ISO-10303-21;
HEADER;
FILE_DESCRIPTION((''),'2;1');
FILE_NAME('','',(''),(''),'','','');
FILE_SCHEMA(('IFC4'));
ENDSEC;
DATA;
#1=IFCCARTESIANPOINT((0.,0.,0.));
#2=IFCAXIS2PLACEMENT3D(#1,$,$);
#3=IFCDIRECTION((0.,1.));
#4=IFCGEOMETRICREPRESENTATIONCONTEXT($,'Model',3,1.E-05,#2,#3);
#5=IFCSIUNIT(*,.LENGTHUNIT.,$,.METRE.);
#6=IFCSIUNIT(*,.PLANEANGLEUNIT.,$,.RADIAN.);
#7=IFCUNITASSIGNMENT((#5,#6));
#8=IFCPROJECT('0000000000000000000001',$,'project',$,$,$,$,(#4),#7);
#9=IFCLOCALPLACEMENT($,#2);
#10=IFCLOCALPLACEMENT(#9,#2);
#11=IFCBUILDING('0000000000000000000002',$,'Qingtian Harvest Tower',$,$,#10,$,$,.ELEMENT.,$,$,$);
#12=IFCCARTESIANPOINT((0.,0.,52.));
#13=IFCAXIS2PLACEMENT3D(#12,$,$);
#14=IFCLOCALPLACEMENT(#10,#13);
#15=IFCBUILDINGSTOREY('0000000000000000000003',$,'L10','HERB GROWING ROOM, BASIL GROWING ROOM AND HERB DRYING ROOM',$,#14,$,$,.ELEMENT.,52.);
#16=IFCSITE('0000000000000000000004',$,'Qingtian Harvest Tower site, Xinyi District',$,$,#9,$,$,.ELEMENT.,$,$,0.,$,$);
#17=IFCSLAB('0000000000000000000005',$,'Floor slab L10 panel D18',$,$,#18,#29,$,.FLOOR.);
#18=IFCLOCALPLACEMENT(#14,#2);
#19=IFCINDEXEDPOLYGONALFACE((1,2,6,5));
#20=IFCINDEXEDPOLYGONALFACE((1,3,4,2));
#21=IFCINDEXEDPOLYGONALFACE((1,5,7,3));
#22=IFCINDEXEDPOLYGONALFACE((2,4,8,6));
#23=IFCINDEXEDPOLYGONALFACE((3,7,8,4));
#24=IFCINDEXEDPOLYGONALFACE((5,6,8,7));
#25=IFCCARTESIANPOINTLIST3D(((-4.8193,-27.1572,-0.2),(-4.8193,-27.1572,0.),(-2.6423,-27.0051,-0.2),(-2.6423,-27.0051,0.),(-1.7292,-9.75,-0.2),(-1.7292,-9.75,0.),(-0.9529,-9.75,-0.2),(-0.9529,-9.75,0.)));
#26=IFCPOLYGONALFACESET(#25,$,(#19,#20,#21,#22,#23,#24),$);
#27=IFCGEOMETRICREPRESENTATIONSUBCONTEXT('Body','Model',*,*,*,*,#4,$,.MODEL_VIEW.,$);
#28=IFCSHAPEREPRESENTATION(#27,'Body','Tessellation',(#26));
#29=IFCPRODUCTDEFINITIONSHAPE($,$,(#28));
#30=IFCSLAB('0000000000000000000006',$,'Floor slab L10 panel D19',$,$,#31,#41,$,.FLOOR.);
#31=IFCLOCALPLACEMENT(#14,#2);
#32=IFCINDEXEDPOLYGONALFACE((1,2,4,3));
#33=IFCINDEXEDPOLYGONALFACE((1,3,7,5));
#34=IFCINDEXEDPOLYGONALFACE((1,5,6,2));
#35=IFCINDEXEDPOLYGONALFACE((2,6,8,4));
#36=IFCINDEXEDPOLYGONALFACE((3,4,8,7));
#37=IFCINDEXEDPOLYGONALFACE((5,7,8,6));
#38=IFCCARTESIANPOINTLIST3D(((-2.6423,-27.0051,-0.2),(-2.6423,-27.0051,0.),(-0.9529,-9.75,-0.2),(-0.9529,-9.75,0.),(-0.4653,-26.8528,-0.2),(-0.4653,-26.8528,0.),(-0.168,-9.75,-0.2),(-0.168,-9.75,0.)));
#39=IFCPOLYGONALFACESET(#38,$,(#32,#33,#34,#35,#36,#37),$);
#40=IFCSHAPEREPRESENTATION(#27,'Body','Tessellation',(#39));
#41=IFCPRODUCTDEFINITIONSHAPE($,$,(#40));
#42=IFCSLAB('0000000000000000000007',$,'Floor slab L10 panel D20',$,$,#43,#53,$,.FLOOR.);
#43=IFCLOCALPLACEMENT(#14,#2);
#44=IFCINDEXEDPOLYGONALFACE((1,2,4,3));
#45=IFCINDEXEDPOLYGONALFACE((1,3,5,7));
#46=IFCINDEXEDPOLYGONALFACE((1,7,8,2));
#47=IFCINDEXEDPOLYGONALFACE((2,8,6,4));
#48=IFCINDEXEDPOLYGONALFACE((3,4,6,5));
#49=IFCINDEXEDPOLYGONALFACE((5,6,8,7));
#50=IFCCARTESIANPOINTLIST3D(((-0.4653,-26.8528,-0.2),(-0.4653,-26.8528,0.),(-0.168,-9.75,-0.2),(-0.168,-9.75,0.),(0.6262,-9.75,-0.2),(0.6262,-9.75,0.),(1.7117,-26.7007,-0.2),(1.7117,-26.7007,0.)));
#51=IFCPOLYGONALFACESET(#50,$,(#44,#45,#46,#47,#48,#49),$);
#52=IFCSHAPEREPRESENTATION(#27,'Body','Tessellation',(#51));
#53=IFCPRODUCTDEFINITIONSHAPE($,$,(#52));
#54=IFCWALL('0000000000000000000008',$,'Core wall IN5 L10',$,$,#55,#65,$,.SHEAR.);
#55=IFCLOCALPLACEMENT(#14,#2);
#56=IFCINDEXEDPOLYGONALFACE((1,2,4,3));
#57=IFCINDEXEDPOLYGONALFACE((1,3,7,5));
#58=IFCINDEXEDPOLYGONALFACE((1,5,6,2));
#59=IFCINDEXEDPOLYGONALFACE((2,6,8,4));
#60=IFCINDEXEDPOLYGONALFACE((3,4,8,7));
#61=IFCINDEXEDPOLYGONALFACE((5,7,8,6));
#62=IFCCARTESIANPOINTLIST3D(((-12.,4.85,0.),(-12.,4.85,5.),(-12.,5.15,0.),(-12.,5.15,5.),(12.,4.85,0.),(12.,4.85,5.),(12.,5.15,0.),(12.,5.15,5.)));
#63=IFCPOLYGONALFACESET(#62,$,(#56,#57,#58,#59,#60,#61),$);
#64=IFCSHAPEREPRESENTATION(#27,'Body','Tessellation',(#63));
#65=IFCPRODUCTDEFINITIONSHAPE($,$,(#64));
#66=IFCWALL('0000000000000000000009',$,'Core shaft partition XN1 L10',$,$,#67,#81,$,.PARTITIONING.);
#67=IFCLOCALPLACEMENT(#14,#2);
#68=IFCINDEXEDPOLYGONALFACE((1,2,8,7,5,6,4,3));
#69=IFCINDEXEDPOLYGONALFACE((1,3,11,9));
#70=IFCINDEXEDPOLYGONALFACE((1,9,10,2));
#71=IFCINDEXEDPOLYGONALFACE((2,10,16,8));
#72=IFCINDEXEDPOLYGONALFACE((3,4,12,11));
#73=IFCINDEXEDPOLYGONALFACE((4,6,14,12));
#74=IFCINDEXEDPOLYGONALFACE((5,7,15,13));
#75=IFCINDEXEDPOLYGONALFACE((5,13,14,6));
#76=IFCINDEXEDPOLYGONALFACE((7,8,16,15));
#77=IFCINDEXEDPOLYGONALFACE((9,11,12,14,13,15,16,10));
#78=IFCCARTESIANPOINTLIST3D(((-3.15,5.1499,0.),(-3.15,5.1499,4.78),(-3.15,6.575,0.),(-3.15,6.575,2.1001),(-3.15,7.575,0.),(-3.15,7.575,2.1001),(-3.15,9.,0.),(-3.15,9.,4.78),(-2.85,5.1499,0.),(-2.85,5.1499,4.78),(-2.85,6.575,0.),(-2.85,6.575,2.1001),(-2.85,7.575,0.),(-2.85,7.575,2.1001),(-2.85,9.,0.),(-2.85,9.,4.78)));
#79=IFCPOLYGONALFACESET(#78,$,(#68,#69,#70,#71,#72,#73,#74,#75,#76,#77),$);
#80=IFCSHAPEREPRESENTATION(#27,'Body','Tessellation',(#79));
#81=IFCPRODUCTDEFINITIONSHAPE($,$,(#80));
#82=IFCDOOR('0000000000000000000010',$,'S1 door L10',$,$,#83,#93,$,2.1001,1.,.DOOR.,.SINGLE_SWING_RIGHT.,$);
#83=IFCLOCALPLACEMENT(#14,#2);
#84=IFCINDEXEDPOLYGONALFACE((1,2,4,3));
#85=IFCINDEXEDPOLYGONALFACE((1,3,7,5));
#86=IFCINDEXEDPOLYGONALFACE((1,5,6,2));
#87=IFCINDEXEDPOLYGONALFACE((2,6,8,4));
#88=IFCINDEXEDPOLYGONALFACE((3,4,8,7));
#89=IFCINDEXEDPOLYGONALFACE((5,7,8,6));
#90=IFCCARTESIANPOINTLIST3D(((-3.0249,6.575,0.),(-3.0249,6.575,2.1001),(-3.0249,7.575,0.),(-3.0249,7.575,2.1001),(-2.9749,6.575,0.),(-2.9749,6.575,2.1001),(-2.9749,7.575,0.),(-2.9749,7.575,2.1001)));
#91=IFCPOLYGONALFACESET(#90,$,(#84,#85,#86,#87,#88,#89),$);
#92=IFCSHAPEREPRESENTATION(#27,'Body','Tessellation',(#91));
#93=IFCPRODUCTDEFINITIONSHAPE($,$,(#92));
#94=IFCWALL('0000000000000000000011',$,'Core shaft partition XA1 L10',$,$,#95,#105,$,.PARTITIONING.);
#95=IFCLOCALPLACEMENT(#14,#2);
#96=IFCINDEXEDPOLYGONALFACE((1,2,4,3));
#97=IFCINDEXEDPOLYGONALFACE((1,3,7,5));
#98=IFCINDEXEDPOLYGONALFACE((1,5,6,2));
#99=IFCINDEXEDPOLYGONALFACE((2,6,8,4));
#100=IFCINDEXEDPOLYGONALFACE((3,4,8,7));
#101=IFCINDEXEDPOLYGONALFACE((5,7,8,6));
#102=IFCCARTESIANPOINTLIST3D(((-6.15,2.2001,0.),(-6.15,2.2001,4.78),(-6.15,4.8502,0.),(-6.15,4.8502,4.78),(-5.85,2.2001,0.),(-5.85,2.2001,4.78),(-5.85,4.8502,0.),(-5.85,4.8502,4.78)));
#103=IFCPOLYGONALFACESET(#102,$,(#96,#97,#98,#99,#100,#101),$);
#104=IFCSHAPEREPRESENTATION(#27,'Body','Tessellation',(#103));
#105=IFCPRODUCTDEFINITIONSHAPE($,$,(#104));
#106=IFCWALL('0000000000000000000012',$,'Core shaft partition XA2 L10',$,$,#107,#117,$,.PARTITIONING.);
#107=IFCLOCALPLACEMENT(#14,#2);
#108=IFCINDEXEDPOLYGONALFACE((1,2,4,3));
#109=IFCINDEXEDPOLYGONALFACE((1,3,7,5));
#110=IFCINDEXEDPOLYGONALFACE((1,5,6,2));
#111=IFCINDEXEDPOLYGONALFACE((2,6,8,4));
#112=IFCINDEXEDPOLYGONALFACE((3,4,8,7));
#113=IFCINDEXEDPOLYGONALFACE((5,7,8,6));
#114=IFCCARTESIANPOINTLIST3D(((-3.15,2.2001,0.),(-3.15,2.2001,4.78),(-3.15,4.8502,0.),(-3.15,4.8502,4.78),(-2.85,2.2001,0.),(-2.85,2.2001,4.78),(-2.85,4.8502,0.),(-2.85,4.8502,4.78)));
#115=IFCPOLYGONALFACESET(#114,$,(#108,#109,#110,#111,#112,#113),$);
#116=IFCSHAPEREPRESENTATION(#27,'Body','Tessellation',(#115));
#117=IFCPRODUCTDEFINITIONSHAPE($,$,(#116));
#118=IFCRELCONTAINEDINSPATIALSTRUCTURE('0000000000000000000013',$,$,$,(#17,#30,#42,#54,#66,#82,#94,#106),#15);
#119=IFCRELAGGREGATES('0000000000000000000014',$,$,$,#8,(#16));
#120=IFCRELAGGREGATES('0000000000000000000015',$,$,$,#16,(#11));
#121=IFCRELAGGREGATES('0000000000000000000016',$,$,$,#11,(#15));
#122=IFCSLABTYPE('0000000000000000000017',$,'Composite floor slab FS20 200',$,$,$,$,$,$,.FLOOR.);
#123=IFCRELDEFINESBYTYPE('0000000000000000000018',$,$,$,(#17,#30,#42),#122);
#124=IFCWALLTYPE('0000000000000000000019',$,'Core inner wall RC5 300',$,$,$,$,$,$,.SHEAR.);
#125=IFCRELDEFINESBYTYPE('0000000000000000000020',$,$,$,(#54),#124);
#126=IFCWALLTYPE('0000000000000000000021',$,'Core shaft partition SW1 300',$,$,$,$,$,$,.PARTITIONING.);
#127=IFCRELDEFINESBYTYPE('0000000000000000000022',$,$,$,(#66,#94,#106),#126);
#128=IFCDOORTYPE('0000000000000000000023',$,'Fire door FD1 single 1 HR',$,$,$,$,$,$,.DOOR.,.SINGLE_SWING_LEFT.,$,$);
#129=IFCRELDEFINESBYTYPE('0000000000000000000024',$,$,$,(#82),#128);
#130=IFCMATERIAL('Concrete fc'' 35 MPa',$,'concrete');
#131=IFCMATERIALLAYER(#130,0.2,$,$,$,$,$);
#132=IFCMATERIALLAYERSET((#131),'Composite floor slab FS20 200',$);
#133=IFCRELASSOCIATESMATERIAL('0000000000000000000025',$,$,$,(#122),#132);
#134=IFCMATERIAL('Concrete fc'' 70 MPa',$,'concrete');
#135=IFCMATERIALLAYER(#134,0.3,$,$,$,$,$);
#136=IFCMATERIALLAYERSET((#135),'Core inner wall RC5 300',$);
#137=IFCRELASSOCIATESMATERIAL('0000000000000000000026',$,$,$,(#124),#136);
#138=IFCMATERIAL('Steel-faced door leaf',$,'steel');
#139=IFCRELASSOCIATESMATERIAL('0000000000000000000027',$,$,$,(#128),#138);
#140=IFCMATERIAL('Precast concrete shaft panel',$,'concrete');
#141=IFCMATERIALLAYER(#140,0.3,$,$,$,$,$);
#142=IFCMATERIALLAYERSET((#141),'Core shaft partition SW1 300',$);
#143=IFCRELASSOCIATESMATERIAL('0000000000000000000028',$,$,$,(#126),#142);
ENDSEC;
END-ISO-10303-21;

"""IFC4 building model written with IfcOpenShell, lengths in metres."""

from ifc_helpers import new_model, si_unit, direction, frame, frame_2d, origin, place, context, subcontext, project, spatial, polyline, rectangle, outline, extrude, material, layer, layer_set, type_object, element, fill, save


model = new_model("IFC4")

# Units and contexts
model_context = context("Model", 3, precision=1e-05, world=origin(), true_north=direction((0.0, 1.0)))
body_context = subcontext(model_context, "Body", "Model", "MODEL_VIEW")
ifc_project = project(units=[si_unit("LENGTHUNIT", "METRE"), si_unit("PLANEANGLEUNIT", "RADIAN")], contexts=[model_context])

# Site, building, storey
site_placement = place(None, origin())
site = spatial("IfcSite", under=ifc_project, at=site_placement, Name="Qingtian Harvest Tower site, Xinyi District", CompositionType="ELEMENT", RefElevation=0.0)
building_placement = place(site_placement, origin())
building = spatial("IfcBuilding", under=site, at=building_placement, Name="Qingtian Harvest Tower", CompositionType="ELEMENT")
storey_placement = place(building_placement, frame((0.0, 0.0, 52.0)))
storey = spatial("IfcBuildingStorey", under=building, at=storey_placement, Name="L10", Description="HERB GROWING ROOM, BASIL GROWING ROOM AND HERB DRYING ROOM", CompositionType="ELEMENT", Elevation=52.0)

# Slabs
ifc_material_1 = material(Name="Concrete fc' 35 MPa", Category="concrete")
ifc_layer_1 = layer(ifc_material_1, 0.2)
ifc_layer_set_1 = layer_set([ifc_layer_1], Name="Composite floor slab FS20 200")
slab_type = type_object("IfcSlabType", Name="Composite floor slab FS20 200", PredefinedType="FLOOR", material=ifc_layer_set_1)
slab_1_placement = place(storey_placement, frame((0.0, 0.0, -0.2)))
element("IfcSlab", 1, at=slab_1_placement, inside=storey, type_object=slab_type, Name="Floor slab L10 panel D18", PredefinedType="FLOOR", context=body_context, shape_type="SweptSolid", body=[
    extrude(outline(polyline([(-0.9529, -9.75), (-2.6423, -27.0051), (-4.8193, -27.1572), (-1.7292, -9.75), (-0.9529, -9.75)])), origin(), (0.0, 0.0, 1.0), 0.2),
])
slab_2_placement = place(storey_placement, frame((0.0, 0.0, -0.2)))
element("IfcSlab", 2, at=slab_2_placement, inside=storey, type_object=slab_type, Name="Floor slab L10 panel D19", PredefinedType="FLOOR", context=body_context, shape_type="SweptSolid", body=[
    extrude(outline(polyline([(-0.168, -9.75), (-0.4653, -26.8528), (-2.6423, -27.0051), (-0.9529, -9.75), (-0.168, -9.75)])), origin(), (0.0, 0.0, 1.0), 0.2),
])
slab_3_placement = place(storey_placement, frame((0.0, 0.0, -0.2)))
element("IfcSlab", 3, at=slab_3_placement, inside=storey, type_object=slab_type, Name="Floor slab L10 panel D20", PredefinedType="FLOOR", context=body_context, shape_type="SweptSolid", body=[
    extrude(outline(polyline([(0.6262, -9.75), (1.7117, -26.7007), (-0.4653, -26.8528), (-0.168, -9.75), (0.6262, -9.75)])), origin(), (0.0, 0.0, 1.0), 0.2),
])

# Wall
ifc_material_2 = material(Name="Concrete fc' 70 MPa", Category="concrete")
ifc_layer_2 = layer(ifc_material_2, 0.3)
ifc_layer_set_2 = layer_set([ifc_layer_2], Name="Core inner wall RC5 300")
wall_type_1 = type_object("IfcWallType", Name="Core inner wall RC5 300", PredefinedType="SHEAR", material=ifc_layer_set_2)
wall_1_placement = place(storey_placement, frame((-12.0, 5.0, 0.0), z_axis=(0.0, 0.0, 1.0), x_axis=(1.0, 0.0, 0.0)))
element("IfcWall", 4, at=wall_1_placement, inside=storey, type_object=wall_type_1, Name="Core wall IN5 L10", PredefinedType="SHEAR", context=body_context, shape_type="SweptSolid", body=[
    extrude(rectangle(XDim=24.0, YDim=0.3, at=frame_2d((12.0, 0.0))), origin(), (0.0, 0.0, 1.0), 5.0),
])

# Shared definitions
ifc_material_3 = material(Name="Steel-faced door leaf", Category="steel")
door_type_1 = type_object("IfcDoorType", Name="Fire door FD1 single 1 HR", OperationType="SINGLE_SWING_LEFT", PredefinedType="DOOR", material=ifc_material_3)

# Wall, opening, door
ifc_material_4 = material(Name="Precast concrete shaft panel", Category="concrete")
ifc_layer_3 = layer(ifc_material_4, 0.3)
ifc_layer_set_3 = layer_set([ifc_layer_3], Name="Core shaft partition SW1 300")
wall_type_2 = type_object("IfcWallType", Name="Core shaft partition SW1 300", PredefinedType="PARTITIONING", material=ifc_layer_set_3)
wall_2_placement = place(storey_placement, frame((-3.0, 5.1499, 0.0), z_axis=(0.0, 0.0, 1.0), x_axis=(0.0, 1.0, 0.0)))
wall_2 = element("IfcWall", 5, at=wall_2_placement, inside=storey, type_object=wall_type_2, Name="Core shaft partition XN1 L10", PredefinedType="PARTITIONING", context=body_context, shape_type="SweptSolid", body=[
    extrude(rectangle(XDim=3.8501, YDim=0.3, at=frame_2d((1.925, 0.0))), origin(), (0.0, 0.0, 1.0), 4.78),
])
opening_1_placement = place(wall_2_placement, frame((1.425, 0.0, 0.0)))
opening_1 = element("IfcOpeningElement", 6, at=opening_1_placement, cuts=wall_2, PredefinedType="OPENING", context=body_context, shape_type="SweptSolid", body=[
    extrude(rectangle(XDim=1.0, YDim=2.1001, at=frame_2d((0.5, 1.05))), frame((0.0, 0.1599, 0.0), z_axis=(0.0, -1.0, 0.0), x_axis=(1.0, 0.0, 0.0)), (0.0, 0.0, 1.0), 0.3201),
])
door_1_placement = place(opening_1_placement, origin())
door_1 = element("IfcDoor", 7, at=door_1_placement, inside=storey, type_object=door_type_1, Name="S1 door L10", OperationType="SINGLE_SWING_RIGHT", OverallHeight=2.1001, OverallWidth=1.0, PredefinedType="DOOR", context=body_context, shape_type="SweptSolid", body=[
    extrude(rectangle(XDim=1.0, YDim=2.1001, at=frame_2d((0.5, 1.05))), frame((0.0, 0.0249, 0.0), z_axis=(0.0, -1.0, 0.0), x_axis=(1.0, 0.0, 0.0)), (0.0, 0.0, 1.0), 0.05),
])
fill(opening_1, door_1)

# Walls
for number, where, z_axis, x_axis, name in (
    (8, (-6.0, 2.2, 0.0), (0.0, 0.0, 1.0), (0.0, 1.0, 0.0), "Core shaft partition XA1 L10"),
    (9, (-3.0, 2.2, 0.0), (0.0, 0.0, 1.0), (0.0, 1.0, 0.0), "Core shaft partition XA2 L10"),
):
    element("IfcWall", number, at=place(storey_placement, frame(where, z_axis=z_axis, x_axis=x_axis)), inside=storey, type_object=wall_type_2, Name=name, PredefinedType="PARTITIONING", context=body_context, shape_type="SweptSolid", body=[
        extrude(rectangle(XDim=2.6501, YDim=0.3, at=frame_2d((1.3252, 0.0))), origin(), (0.0, 0.0, 1.0), 4.78),
    ])

save(model, "model.ifc")
